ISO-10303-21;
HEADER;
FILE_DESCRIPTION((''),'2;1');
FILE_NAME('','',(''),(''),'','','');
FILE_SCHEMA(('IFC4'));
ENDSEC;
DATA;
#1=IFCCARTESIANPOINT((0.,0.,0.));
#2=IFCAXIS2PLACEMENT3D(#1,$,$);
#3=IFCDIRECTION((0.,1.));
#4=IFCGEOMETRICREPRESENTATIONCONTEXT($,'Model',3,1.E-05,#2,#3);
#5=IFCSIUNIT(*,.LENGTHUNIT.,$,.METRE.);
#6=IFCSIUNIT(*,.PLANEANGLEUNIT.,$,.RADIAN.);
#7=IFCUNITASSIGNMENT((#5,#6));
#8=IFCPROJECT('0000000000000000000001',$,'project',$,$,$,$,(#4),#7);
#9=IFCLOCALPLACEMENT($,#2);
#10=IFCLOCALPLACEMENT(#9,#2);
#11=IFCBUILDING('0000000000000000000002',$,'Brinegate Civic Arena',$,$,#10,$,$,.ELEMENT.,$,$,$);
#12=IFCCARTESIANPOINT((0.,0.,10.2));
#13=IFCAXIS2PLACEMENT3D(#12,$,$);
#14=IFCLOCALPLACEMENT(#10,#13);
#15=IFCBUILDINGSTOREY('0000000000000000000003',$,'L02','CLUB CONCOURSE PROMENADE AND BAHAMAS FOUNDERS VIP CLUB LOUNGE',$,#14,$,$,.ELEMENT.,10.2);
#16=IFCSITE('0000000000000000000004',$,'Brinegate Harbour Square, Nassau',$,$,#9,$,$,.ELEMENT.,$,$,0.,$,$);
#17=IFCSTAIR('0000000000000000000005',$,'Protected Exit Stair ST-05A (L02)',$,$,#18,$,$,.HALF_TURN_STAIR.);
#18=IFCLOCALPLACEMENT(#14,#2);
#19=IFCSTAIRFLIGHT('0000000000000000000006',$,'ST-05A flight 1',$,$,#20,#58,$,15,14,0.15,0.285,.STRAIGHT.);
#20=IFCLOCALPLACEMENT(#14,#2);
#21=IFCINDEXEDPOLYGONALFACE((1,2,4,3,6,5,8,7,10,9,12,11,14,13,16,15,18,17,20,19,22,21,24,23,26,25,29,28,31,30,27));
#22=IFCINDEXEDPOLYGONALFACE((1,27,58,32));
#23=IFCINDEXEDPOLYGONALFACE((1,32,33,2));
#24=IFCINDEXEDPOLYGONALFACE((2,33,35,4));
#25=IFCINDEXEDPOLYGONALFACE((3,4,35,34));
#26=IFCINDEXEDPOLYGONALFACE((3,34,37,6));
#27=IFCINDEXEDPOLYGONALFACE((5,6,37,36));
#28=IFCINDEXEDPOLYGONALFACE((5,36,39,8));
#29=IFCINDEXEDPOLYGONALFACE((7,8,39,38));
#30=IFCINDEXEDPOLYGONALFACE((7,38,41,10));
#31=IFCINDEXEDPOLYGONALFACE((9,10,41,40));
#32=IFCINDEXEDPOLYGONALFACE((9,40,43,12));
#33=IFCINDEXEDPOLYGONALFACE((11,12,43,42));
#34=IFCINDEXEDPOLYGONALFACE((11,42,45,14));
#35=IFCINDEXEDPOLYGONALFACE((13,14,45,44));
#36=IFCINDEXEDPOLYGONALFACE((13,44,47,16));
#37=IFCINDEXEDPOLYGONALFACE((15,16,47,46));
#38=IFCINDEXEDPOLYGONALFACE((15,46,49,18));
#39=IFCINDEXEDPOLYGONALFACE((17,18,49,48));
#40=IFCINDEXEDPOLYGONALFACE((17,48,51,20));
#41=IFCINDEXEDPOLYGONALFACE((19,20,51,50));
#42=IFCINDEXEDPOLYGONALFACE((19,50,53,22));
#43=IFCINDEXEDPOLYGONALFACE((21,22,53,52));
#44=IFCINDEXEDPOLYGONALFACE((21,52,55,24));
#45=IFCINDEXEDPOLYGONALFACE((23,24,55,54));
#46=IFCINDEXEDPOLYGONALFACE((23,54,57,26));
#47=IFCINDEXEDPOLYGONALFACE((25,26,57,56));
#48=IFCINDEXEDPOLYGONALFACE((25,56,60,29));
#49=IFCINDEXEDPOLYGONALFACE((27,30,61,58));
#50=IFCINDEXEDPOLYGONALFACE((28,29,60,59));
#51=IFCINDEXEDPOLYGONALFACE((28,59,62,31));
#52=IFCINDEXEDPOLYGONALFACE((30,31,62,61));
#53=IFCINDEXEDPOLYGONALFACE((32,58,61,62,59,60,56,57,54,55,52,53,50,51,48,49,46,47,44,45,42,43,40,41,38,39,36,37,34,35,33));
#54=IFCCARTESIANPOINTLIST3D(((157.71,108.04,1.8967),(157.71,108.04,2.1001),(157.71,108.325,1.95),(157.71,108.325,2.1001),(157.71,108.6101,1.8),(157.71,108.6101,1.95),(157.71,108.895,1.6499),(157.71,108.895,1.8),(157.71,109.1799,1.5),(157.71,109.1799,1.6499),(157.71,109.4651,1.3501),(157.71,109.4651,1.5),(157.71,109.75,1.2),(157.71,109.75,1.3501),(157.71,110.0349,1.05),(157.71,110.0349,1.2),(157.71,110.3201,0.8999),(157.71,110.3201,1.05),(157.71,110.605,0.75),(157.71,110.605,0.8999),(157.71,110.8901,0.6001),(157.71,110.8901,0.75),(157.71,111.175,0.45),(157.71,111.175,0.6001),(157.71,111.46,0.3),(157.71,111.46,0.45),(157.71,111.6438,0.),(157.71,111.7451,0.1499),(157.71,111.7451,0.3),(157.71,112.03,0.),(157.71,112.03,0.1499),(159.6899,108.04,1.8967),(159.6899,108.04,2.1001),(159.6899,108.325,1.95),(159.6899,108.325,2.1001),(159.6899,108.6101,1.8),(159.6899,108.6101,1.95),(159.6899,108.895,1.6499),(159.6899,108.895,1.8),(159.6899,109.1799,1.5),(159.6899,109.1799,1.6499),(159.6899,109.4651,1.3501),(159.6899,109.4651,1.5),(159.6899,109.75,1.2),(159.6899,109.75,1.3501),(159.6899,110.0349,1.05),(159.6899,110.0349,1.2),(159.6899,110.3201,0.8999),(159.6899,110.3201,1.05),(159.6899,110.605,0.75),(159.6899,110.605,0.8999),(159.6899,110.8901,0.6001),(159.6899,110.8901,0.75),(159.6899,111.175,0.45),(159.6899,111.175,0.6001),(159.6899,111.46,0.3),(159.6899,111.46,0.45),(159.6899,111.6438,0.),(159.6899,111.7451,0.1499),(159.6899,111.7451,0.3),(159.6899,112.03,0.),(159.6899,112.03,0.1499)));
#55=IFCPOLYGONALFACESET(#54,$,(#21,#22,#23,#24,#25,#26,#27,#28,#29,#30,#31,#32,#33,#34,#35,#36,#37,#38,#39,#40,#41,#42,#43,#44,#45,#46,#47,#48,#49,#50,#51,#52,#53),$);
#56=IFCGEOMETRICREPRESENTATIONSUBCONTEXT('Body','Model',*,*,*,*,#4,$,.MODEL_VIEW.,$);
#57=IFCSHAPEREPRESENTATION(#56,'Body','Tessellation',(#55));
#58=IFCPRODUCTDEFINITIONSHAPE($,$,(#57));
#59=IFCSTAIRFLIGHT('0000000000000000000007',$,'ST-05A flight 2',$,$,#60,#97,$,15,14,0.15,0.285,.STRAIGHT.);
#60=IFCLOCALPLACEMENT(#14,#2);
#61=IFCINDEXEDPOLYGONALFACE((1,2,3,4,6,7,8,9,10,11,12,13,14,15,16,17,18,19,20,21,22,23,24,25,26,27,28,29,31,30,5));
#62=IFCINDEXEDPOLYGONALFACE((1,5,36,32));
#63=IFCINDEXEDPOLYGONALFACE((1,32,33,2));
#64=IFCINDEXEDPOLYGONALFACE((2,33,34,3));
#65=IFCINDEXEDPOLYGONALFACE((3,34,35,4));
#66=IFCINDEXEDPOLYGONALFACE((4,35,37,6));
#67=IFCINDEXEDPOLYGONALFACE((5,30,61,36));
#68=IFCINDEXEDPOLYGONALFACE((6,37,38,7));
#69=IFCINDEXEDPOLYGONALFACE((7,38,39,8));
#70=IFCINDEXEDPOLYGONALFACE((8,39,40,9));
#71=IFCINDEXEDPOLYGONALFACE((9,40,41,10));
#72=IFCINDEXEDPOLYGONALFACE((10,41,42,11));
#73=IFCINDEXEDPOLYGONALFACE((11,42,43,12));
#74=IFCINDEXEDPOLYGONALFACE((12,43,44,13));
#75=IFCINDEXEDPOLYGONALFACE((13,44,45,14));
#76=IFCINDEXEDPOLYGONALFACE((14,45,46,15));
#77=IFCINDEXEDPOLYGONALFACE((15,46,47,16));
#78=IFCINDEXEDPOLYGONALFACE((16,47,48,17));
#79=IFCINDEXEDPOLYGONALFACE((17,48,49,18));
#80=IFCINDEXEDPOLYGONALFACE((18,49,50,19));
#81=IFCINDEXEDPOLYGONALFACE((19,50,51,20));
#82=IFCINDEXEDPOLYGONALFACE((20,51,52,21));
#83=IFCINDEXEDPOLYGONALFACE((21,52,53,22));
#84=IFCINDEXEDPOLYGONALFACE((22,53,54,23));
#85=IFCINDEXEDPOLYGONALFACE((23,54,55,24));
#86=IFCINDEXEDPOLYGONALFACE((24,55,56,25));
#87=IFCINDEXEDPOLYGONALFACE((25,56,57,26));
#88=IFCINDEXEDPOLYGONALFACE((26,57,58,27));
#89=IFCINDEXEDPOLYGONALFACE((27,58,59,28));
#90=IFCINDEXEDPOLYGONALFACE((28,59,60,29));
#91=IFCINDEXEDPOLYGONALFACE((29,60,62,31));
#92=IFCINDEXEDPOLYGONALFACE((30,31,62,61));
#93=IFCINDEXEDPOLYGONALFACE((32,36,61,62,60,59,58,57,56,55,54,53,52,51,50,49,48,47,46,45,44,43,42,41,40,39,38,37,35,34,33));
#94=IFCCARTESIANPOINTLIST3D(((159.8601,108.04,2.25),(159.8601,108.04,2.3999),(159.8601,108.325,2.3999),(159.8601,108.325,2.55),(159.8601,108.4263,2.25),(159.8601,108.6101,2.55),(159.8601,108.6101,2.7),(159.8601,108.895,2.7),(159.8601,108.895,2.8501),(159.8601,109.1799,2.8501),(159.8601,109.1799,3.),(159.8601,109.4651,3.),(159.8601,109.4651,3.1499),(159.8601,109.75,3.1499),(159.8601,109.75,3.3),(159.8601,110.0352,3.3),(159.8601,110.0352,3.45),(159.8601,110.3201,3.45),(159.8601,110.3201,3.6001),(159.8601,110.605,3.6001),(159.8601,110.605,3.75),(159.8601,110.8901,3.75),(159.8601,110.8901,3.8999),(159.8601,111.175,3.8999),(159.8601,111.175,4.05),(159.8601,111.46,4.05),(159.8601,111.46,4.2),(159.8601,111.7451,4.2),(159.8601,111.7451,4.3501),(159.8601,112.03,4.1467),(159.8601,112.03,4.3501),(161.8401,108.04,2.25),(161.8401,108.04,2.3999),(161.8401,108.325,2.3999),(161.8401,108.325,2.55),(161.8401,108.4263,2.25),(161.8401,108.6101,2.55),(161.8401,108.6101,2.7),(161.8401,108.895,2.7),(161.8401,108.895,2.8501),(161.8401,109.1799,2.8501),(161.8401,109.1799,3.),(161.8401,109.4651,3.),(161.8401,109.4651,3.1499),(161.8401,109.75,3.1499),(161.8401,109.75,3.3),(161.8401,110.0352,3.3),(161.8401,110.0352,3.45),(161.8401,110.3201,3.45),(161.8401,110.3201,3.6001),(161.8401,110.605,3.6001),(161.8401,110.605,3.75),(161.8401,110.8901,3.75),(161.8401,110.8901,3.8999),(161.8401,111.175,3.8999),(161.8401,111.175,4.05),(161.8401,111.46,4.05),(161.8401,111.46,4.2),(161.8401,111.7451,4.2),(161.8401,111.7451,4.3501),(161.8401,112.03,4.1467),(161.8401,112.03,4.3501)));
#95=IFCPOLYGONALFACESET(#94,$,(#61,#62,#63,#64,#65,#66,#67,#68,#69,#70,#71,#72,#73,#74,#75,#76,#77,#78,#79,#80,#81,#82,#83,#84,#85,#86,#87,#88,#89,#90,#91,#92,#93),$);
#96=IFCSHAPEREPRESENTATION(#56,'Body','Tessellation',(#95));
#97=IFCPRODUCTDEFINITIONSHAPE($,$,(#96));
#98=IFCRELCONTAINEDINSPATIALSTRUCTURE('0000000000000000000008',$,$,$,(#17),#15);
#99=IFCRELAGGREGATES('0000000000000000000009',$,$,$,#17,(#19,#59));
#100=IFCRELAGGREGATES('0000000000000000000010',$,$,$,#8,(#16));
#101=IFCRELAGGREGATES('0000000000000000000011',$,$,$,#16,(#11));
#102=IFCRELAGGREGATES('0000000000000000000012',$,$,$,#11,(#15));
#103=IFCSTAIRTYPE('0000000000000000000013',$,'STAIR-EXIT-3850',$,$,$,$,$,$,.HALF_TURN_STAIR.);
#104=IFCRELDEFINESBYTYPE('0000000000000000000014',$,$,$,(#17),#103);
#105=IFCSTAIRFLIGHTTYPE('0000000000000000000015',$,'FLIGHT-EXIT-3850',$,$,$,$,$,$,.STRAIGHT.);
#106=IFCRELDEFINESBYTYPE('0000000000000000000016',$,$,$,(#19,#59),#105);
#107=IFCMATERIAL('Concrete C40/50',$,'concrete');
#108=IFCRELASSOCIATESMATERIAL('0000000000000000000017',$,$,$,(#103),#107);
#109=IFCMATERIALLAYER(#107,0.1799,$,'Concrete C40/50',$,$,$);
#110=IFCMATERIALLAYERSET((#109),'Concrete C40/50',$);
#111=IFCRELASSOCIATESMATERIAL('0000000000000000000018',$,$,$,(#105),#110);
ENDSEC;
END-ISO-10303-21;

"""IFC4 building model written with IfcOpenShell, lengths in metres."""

from ifc_helpers import new_model, si_unit, direction, frame, origin, place, context, subcontext, project, spatial, polyline, outline, extrude, material, layer, layer_set, type_object, element, aggregate, save


model = new_model("IFC4")

# Units and contexts
model_context = context("Model", 3, precision=1e-05, world=origin(), true_north=direction((0.0, 1.0)))
body_context = subcontext(model_context, "Body", "Model", "MODEL_VIEW")
ifc_project = project(units=[si_unit("LENGTHUNIT", "METRE"), si_unit("PLANEANGLEUNIT", "RADIAN")], contexts=[model_context])

# Site, building, storey
site_placement = place(None, origin())
site = spatial("IfcSite", under=ifc_project, at=site_placement, Name="Brinegate Harbour Square, Nassau", CompositionType="ELEMENT", RefElevation=0.0)
building_placement = place(site_placement, origin())
building = spatial("IfcBuilding", under=site, at=building_placement, Name="Brinegate Civic Arena", CompositionType="ELEMENT")
storey_placement = place(building_placement, frame((0.0, 0.0, 10.2)))
storey = spatial("IfcBuildingStorey", under=building, at=storey_placement, Name="L02", Description="CLUB CONCOURSE PROMENADE AND BAHAMAS FOUNDERS VIP CLUB LOUNGE", CompositionType="ELEMENT", Elevation=10.2)

# Stair, stair flights
ifc_material_1 = material(Name="Concrete C40/50", Category="concrete")
stair_type_1 = type_object("IfcStairType", Name="STAIR-EXIT-3850", PredefinedType="HALF_TURN_STAIR", material=ifc_material_1)
stair_1_placement = place(storey_placement, origin())
stair_1 = element("IfcStair", 1, at=stair_1_placement, inside=storey, type_object=stair_type_1, Name="Protected Exit Stair ST-05A (L02)", PredefinedType="HALF_TURN_STAIR")
ifc_layer_1 = layer(ifc_material_1, 0.1799, Name="Concrete C40/50")
ifc_layer_set_1 = layer_set([ifc_layer_1], Name="Concrete C40/50")
stair_flight_type_1 = type_object("IfcStairFlightType", Name="FLIGHT-EXIT-3850", PredefinedType="STRAIGHT", material=ifc_layer_set_1)
stair_flight_1_placement = place(storey_placement, frame((158.7, 112.03, 0.0), z_axis=(0.0, 0.0, 1.0), x_axis=(0.0, -1.0, 0.0)))
stair_flight_1 = element("IfcStairFlight", 2, at=stair_flight_1_placement, type_object=stair_flight_type_1, Name="ST-05A flight 1", NumberOfRisers=15, NumberOfTreads=14, PredefinedType="STRAIGHT", RiserHeight=0.15, TreadLength=0.285, context=body_context, shape_type="SweptSolid", body=[
    extrude(outline(polyline([(0.0, 0.0), (0.0, 0.1499), (0.2849, 0.1499), (0.2849, 0.3), (0.5701, 0.3), (0.5701, 0.45), (0.855, 0.45), (0.855, 0.6001), (1.1399, 0.6001), (1.1399, 0.75), (1.425, 0.75), (1.425, 0.8999), (1.71, 0.8999), (1.71, 1.05), (1.9951, 1.05), (1.9951, 1.2), (2.28, 1.2), (2.28, 1.3501), (2.5649, 1.3501), (2.5649, 1.5), (2.8501, 1.5), (2.8501, 1.6499), (3.135, 1.6499), (3.135, 1.8), (3.4199, 1.8), (3.4199, 1.95), (3.7051, 1.95), (3.7051, 2.1001), (3.99, 2.1001), (3.99, 2.25), (3.99, 1.8967), (0.3862, 0.0), (0.0, 0.0)])), frame((0.0, 0.99, 0.0), z_axis=(0.0, -1.0, 0.0), x_axis=(1.0, 0.0, 0.0)), (0.0, 0.0, 1.0), 1.98),
])
stair_flight_2_placement = place(storey_placement, frame((160.8501, 108.04, 2.25), z_axis=(0.0, 0.0, 1.0), x_axis=(0.0, 1.0, 0.0)))
stair_flight_2 = element("IfcStairFlight", 3, at=stair_flight_2_placement, type_object=stair_flight_type_1, Name="ST-05A flight 2", NumberOfRisers=15, NumberOfTreads=14, PredefinedType="STRAIGHT", RiserHeight=0.15, TreadLength=0.285, context=body_context, shape_type="SweptSolid", body=[
    extrude(outline(polyline([(0.0, 0.0), (0.0, 0.1499), (0.2849, 0.1499), (0.2849, 0.3), (0.5701, 0.3), (0.5701, 0.45), (0.855, 0.45), (0.855, 0.6001), (1.1399, 0.6001), (1.1399, 0.75), (1.425, 0.75), (1.425, 0.8999), (1.71, 0.8999), (1.71, 1.05), (1.9951, 1.05), (1.9951, 1.2), (2.28, 1.2), (2.28, 1.3501), (2.5649, 1.3501), (2.5649, 1.5), (2.8501, 1.5), (2.8501, 1.6499), (3.135, 1.6499), (3.135, 1.8), (3.4199, 1.8), (3.4199, 1.95), (3.7051, 1.95), (3.7051, 2.1001), (3.99, 2.1001), (3.99, 2.25), (3.99, 1.8967), (0.3862, 0.0), (0.0, 0.0)])), frame((0.0, 0.99, 0.0), z_axis=(0.0, -1.0, 0.0), x_axis=(1.0, 0.0, 0.0)), (0.0, 0.0, 1.0), 1.98),
])
aggregate(stair_1, [stair_flight_1, stair_flight_2])

save(model, "model.ifc")
